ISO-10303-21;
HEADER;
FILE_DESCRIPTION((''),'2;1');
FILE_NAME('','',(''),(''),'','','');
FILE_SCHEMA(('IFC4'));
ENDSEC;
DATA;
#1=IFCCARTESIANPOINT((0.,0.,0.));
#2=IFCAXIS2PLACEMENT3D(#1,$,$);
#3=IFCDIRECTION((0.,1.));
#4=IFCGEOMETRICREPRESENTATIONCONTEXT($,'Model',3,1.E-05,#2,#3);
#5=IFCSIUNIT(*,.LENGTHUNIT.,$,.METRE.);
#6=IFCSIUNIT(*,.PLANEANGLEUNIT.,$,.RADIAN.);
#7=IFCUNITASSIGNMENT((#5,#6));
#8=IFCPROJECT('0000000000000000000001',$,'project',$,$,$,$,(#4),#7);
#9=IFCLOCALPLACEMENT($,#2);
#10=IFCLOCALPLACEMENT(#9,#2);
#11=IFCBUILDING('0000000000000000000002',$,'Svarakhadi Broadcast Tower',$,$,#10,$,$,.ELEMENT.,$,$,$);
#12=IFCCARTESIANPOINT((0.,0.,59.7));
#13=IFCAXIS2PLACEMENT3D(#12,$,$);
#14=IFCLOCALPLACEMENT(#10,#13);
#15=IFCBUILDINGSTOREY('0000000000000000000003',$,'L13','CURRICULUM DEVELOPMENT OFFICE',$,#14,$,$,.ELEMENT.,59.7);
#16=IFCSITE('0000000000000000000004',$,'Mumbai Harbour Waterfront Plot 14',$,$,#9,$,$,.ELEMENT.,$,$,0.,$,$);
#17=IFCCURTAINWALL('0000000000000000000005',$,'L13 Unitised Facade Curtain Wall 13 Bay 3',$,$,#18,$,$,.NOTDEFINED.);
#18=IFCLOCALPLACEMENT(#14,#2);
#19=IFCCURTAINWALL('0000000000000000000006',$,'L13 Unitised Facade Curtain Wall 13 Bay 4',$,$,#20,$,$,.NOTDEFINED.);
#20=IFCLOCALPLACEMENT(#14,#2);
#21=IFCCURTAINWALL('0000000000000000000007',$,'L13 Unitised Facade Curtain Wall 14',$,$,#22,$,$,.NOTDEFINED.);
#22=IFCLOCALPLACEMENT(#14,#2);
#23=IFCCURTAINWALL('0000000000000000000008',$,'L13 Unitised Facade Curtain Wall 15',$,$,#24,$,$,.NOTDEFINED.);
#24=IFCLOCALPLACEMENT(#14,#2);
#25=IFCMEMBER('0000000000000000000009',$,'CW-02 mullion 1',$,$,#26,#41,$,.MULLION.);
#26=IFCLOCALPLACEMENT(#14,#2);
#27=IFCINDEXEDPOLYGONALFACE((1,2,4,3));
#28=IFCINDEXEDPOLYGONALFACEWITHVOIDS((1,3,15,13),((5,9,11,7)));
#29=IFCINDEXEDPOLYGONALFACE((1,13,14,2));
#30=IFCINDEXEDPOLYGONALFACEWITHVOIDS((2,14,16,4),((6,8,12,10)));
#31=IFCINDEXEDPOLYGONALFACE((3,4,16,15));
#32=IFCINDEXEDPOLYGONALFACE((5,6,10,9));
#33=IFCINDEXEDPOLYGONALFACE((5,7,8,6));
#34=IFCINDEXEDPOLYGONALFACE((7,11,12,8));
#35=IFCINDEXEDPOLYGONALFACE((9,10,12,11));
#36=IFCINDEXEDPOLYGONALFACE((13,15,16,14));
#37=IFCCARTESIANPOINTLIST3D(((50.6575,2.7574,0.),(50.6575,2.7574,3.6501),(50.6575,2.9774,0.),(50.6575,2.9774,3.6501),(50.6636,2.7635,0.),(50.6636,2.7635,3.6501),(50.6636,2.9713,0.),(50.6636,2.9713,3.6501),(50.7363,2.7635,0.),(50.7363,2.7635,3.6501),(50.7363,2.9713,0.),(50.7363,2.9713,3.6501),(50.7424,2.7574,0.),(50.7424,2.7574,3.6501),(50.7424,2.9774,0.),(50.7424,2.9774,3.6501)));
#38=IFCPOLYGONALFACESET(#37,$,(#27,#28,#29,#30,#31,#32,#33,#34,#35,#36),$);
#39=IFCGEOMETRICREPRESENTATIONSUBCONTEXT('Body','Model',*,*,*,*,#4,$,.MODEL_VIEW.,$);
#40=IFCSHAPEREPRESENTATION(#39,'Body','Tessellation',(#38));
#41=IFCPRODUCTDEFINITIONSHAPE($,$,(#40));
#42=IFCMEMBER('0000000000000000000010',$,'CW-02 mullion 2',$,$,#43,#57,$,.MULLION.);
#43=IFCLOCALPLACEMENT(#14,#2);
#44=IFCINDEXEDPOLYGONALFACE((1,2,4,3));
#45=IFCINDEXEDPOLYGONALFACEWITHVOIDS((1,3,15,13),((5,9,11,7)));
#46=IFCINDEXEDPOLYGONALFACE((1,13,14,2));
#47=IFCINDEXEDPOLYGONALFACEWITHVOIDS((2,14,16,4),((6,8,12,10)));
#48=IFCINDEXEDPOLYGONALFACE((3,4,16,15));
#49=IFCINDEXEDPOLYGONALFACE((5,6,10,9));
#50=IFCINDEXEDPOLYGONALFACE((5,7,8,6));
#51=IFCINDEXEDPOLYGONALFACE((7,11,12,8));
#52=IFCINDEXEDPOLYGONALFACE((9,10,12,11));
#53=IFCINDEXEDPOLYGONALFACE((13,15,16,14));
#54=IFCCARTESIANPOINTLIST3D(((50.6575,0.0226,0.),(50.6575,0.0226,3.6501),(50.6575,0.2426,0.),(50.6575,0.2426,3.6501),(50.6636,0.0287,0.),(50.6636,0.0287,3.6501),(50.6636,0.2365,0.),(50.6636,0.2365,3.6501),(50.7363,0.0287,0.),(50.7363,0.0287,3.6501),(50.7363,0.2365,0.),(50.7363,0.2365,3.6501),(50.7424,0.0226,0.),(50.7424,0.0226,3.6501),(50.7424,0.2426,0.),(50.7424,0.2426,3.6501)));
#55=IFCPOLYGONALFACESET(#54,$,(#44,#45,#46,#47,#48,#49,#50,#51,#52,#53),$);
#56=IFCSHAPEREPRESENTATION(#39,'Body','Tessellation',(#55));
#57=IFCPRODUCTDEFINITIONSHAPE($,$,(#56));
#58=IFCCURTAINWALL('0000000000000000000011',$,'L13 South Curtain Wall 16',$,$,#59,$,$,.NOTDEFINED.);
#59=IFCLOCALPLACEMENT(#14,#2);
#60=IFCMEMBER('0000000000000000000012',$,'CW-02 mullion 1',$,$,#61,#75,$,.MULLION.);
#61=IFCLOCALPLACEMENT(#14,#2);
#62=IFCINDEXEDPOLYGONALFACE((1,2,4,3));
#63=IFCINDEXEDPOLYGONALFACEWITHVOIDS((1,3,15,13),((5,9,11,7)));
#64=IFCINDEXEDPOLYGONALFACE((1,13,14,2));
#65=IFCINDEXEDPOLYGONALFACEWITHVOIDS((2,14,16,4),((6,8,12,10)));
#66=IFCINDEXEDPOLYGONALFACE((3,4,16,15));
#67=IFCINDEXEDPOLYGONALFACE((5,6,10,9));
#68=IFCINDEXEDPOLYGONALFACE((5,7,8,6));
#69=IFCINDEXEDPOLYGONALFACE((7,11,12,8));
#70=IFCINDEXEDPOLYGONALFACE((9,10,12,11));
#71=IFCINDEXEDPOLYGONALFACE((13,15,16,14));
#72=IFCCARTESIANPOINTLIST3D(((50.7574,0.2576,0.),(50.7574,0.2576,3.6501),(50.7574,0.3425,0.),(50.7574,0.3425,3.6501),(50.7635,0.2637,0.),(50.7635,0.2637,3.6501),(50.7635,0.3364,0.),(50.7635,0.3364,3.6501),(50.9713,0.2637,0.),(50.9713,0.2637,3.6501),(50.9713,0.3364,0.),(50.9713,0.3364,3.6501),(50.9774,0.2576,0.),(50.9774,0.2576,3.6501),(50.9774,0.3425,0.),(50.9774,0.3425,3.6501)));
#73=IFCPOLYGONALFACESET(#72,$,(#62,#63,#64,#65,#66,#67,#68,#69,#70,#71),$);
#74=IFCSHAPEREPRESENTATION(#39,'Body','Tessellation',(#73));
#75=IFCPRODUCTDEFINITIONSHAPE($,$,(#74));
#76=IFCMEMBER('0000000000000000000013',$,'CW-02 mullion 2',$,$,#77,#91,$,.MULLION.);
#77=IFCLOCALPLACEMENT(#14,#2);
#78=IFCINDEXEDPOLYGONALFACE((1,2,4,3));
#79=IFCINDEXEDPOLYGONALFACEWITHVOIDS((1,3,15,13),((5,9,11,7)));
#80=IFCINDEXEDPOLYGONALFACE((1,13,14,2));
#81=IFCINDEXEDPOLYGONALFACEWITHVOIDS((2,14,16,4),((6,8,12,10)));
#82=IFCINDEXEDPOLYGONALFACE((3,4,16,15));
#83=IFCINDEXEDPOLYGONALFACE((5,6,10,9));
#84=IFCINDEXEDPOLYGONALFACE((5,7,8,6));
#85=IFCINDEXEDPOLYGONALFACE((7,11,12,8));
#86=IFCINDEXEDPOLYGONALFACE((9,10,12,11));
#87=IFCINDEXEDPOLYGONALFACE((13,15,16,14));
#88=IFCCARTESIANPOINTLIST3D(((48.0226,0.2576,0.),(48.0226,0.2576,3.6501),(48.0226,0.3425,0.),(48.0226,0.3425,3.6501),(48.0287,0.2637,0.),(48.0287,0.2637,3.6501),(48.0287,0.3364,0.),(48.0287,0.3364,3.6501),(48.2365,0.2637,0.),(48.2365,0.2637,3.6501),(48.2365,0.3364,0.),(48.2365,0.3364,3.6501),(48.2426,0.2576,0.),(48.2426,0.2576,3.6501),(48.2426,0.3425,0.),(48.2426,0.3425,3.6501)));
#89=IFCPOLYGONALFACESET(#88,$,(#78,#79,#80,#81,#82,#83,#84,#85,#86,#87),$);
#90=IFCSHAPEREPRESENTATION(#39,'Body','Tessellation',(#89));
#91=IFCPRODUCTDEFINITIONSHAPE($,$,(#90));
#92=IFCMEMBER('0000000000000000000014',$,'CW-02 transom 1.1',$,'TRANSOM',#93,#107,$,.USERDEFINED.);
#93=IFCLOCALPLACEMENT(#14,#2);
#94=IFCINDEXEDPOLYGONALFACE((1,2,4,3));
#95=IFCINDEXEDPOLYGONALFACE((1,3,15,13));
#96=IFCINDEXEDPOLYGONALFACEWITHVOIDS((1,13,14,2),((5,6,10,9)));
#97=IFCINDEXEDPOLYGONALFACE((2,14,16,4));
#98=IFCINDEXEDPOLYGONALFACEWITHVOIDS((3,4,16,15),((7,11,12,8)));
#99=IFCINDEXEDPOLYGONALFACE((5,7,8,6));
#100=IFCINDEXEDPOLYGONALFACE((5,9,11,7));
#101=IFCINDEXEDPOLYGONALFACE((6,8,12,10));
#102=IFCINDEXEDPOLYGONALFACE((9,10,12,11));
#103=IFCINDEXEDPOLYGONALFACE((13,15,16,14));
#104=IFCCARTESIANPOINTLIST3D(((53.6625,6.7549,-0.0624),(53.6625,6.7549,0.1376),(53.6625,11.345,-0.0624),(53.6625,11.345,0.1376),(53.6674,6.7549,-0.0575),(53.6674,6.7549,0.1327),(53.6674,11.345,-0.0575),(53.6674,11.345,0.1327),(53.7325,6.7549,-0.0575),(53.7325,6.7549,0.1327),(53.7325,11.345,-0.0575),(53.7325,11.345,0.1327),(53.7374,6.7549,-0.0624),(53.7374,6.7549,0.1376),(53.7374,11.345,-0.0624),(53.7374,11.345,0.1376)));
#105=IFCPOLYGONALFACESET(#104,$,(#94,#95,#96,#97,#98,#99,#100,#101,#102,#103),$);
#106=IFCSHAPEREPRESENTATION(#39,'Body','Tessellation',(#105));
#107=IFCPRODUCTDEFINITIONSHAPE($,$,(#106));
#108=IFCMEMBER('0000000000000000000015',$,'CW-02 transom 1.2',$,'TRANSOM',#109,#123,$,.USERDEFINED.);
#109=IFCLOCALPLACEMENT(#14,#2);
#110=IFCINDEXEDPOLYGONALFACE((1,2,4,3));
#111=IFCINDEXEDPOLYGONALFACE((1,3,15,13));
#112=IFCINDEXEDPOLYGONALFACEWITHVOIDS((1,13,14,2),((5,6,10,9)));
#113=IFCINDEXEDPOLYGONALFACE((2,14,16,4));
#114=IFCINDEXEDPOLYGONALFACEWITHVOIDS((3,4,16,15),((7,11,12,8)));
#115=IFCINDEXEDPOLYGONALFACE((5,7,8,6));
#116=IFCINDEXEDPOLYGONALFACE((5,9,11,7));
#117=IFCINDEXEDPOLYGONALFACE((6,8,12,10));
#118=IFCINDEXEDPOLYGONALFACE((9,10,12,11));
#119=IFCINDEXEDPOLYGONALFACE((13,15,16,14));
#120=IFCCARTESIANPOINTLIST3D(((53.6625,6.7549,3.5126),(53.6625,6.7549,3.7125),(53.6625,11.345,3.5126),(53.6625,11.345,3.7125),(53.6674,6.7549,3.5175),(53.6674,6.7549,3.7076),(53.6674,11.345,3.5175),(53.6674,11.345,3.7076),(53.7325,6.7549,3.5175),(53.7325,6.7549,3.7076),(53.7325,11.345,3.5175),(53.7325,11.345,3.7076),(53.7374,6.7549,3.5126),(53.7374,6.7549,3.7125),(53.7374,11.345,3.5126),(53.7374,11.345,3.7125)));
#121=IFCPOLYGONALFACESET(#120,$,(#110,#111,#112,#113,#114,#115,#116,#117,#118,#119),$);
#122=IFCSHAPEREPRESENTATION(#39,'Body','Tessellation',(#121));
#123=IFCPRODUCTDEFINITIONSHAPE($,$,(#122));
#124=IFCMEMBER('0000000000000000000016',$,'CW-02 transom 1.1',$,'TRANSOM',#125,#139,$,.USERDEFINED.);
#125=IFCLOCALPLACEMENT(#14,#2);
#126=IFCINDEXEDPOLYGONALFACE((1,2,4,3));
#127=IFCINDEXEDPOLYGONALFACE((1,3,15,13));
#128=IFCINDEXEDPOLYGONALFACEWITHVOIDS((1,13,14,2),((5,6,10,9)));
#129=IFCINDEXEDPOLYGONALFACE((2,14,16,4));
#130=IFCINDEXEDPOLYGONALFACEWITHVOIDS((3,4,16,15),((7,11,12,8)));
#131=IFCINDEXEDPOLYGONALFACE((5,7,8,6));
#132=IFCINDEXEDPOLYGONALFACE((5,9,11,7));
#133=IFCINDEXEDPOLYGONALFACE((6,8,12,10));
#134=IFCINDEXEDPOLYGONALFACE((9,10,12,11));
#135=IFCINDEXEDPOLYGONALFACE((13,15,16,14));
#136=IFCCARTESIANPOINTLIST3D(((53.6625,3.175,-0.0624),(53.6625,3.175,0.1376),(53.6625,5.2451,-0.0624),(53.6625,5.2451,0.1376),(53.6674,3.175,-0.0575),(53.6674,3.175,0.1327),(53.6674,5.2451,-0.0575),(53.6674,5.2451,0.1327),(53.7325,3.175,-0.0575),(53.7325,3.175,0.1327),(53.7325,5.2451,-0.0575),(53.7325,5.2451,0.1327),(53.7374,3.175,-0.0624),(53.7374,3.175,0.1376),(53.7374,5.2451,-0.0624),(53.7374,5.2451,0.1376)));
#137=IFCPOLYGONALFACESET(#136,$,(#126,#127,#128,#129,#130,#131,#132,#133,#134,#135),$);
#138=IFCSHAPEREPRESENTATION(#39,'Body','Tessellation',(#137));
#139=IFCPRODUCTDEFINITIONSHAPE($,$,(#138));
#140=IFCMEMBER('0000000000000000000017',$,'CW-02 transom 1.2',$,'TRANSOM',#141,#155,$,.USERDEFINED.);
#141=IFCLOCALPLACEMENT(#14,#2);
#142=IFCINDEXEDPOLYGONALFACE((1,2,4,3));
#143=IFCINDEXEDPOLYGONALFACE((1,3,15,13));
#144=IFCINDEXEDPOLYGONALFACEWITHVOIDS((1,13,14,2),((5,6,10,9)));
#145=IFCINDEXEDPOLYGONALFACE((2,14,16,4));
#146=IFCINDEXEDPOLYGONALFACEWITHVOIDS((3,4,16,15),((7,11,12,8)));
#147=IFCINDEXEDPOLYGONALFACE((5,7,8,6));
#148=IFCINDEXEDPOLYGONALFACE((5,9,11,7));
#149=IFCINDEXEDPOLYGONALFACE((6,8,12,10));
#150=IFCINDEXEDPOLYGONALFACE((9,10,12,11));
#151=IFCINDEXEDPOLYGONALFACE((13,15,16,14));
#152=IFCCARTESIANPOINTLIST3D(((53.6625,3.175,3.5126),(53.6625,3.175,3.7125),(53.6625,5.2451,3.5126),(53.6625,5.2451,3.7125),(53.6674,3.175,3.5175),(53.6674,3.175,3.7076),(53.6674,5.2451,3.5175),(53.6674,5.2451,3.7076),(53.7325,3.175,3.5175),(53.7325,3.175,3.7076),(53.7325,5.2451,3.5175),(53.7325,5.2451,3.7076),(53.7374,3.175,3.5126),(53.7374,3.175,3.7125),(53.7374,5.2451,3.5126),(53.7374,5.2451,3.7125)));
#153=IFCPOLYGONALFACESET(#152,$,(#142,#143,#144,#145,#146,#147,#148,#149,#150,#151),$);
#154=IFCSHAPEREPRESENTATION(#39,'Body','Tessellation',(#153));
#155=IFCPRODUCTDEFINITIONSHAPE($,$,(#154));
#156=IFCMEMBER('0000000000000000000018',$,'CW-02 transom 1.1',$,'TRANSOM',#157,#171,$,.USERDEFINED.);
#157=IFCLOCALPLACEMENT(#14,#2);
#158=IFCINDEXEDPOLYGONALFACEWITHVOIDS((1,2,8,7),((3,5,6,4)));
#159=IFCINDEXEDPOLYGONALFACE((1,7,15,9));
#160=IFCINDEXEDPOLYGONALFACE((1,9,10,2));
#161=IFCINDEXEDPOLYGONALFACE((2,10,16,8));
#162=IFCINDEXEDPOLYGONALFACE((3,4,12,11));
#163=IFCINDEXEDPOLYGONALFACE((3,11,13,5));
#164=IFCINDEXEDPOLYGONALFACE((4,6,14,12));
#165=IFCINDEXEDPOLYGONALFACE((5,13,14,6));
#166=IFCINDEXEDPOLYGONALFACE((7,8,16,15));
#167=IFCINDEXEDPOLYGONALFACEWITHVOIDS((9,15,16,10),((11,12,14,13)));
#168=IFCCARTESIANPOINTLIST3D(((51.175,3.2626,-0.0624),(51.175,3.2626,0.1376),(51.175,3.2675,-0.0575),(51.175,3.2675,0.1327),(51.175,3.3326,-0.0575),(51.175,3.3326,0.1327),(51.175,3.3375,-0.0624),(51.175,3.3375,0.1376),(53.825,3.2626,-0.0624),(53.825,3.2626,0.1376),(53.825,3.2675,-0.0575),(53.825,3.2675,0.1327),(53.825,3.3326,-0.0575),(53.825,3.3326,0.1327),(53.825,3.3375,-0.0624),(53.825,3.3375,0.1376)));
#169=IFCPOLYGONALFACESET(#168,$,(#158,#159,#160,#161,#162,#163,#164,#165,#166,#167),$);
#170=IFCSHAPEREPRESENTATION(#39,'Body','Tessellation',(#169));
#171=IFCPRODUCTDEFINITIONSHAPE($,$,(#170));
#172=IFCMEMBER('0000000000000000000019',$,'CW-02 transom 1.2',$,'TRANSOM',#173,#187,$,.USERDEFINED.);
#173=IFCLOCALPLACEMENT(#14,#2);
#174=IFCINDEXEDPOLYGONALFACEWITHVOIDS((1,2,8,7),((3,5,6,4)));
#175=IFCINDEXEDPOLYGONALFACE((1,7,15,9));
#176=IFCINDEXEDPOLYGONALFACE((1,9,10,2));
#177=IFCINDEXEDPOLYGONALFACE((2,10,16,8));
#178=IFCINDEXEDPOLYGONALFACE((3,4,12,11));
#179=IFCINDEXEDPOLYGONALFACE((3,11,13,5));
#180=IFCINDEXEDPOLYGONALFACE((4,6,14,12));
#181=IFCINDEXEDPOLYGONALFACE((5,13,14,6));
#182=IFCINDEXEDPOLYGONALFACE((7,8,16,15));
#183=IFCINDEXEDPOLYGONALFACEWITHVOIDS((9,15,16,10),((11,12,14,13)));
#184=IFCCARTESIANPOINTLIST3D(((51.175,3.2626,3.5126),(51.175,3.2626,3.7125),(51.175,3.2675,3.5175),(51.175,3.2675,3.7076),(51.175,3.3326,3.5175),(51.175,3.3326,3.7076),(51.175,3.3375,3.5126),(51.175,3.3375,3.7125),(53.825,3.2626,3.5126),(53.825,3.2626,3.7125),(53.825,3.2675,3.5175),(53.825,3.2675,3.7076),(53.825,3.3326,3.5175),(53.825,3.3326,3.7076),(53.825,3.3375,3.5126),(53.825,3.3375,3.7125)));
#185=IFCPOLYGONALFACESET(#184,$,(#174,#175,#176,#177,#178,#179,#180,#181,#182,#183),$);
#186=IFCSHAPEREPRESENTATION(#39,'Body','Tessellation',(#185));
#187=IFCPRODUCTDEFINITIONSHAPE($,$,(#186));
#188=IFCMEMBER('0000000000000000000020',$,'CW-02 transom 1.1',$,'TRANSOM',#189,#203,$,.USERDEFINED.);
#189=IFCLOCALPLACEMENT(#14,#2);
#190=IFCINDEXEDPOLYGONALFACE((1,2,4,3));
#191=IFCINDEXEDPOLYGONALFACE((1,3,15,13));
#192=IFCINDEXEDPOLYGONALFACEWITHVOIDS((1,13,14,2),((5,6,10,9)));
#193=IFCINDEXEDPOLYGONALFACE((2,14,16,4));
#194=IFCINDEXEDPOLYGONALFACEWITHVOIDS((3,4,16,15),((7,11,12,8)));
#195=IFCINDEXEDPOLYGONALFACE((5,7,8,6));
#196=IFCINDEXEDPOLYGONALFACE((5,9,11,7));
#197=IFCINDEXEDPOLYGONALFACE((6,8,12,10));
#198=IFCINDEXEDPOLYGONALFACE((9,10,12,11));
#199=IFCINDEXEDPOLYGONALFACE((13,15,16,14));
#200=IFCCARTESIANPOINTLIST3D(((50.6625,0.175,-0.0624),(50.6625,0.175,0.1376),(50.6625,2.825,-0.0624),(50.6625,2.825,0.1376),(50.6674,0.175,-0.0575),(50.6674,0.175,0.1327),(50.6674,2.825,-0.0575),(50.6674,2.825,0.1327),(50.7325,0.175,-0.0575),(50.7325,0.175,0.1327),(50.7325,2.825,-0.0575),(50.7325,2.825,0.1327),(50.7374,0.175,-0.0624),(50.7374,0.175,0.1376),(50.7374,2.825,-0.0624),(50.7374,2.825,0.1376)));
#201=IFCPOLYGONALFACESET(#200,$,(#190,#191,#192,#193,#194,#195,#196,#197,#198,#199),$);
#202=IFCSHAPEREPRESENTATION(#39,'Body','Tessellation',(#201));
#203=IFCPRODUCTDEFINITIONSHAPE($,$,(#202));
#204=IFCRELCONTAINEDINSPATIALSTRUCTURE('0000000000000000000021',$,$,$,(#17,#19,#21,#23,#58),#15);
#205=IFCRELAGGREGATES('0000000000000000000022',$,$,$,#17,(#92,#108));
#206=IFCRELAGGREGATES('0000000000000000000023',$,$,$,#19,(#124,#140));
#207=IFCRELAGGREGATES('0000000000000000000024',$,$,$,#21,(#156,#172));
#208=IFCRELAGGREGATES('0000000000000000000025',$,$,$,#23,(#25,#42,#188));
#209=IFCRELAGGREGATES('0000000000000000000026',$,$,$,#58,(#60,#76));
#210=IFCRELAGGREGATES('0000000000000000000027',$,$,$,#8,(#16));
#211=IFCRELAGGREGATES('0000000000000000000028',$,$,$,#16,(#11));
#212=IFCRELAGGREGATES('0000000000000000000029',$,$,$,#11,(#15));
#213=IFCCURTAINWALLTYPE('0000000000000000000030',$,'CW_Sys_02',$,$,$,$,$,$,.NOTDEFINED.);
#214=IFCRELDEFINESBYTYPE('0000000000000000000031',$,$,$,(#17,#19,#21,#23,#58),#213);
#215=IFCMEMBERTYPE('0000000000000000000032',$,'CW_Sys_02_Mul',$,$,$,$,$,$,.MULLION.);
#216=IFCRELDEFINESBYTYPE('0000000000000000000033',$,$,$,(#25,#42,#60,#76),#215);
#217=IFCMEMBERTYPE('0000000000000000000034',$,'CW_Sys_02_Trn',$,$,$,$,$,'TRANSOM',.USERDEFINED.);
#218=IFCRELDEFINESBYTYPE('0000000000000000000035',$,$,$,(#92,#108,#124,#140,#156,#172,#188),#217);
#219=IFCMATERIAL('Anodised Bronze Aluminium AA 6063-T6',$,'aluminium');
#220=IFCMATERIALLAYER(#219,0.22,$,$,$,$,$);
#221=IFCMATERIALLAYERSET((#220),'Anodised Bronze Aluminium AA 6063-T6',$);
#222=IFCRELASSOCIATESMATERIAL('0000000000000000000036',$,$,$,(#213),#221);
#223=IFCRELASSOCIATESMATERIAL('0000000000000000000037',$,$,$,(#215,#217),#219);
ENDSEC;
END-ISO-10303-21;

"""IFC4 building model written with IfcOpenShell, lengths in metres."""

from ifc_helpers import new_model, si_unit, direction, frame, origin, origin_2d, place, context, subcontext, project, spatial, hollow_rectangle, extrude, material, layer, layer_set, material_profile, profile_set, type_object, element, aggregate, save


model = new_model("IFC4")

# Units and contexts
model_context = context("Model", 3, precision=1e-05, world=origin(), true_north=direction((0.0, 1.0)))
body_context = subcontext(model_context, "Body", "Model", "MODEL_VIEW")
ifc_project = project(units=[si_unit("LENGTHUNIT", "METRE"), si_unit("PLANEANGLEUNIT", "RADIAN")], contexts=[model_context])

# Site, building, storey
site_placement = place(None, origin())
site = spatial("IfcSite", under=ifc_project, at=site_placement, Name="Mumbai Harbour Waterfront Plot 14", CompositionType="ELEMENT", RefElevation=0.0)
building_placement = place(site_placement, origin())
building = spatial("IfcBuilding", under=site, at=building_placement, Name="Svarakhadi Broadcast Tower", CompositionType="ELEMENT")
storey_placement = place(building_placement, frame((0.0, 0.0, 59.7)))
storey = spatial("IfcBuildingStorey", under=building, at=storey_placement, Name="L13", Description="CURRICULUM DEVELOPMENT OFFICE", CompositionType="ELEMENT", Elevation=59.7)

# Curtain walls, members
ifc_material_1 = material(Name="Anodised Bronze Aluminium AA 6063-T6", Category="aluminium")
ifc_layer_1 = layer(ifc_material_1, 0.22)
ifc_layer_set_1 = layer_set([ifc_layer_1], Name="Anodised Bronze Aluminium AA 6063-T6")
curtain_wall_type = type_object("IfcCurtainWallType", Name="CW_Sys_02", PredefinedType="NOTDEFINED", material=ifc_layer_set_1)
curtain_wall_1_placement = place(storey_placement, origin())
curtain_wall_1 = element("IfcCurtainWall", 1, at=curtain_wall_1_placement, inside=storey, type_object=curtain_wall_type, Name="L13 Unitised Facade Curtain Wall 13 Bay 3", PredefinedType="NOTDEFINED")
ifc_material_profile_1 = material_profile(ifc_material_1, hollow_rectangle(XDim=0.085, YDim=0.22, WallThickness=0.0061, at=origin_2d()), Name="ALU MULLION 220x85x6")
ifc_profile_set_1 = profile_set([ifc_material_profile_1], Name="Anodised Bronze Aluminium AA 6063-T6")
member_type_1 = type_object("IfcMemberType", Name="CW_Sys_02_Mul", PredefinedType="MULLION", material=ifc_profile_set_1)
curtain_wall_2_placement = place(storey_placement, origin())
curtain_wall_2 = element("IfcCurtainWall", 2, at=curtain_wall_2_placement, inside=storey, type_object=curtain_wall_type, Name="L13 Unitised Facade Curtain Wall 13 Bay 4", PredefinedType="NOTDEFINED")
curtain_wall_3_placement = place(storey_placement, origin())
curtain_wall_3 = element("IfcCurtainWall", 3, at=curtain_wall_3_placement, inside=storey, type_object=curtain_wall_type, Name="L13 Unitised Facade Curtain Wall 14", PredefinedType="NOTDEFINED")
curtain_wall_4_placement = place(storey_placement, origin())
curtain_wall_4 = element("IfcCurtainWall", 4, at=curtain_wall_4_placement, inside=storey, type_object=curtain_wall_type, Name="L13 Unitised Facade Curtain Wall 15", PredefinedType="NOTDEFINED")
member_1_placement = place(storey_placement, frame((50.7, 2.8674, 0.0), z_axis=(0.0, 0.0, 1.0), x_axis=(1.0, 0.0, 0.0)))
member_1 = element("IfcMember", 5, at=member_1_placement, type_object=member_type_1, Name="CW-02 mullion 1", PredefinedType="MULLION", context=body_context, shape_type="SweptSolid", body=[
    extrude(hollow_rectangle(XDim=0.085, YDim=0.22, WallThickness=0.0061, at=origin_2d()), origin(), (0.0, 0.0, 1.0), 3.6501),
])
member_2_placement = place(storey_placement, frame((50.7, 0.1326, 0.0), z_axis=(0.0, 0.0, 1.0), x_axis=(1.0, 0.0, 0.0)))
member_2 = element("IfcMember", 6, at=member_2_placement, type_object=member_type_1, Name="CW-02 mullion 2", PredefinedType="MULLION", context=body_context, shape_type="SweptSolid", body=[
    extrude(hollow_rectangle(XDim=0.085, YDim=0.22, WallThickness=0.0061, at=origin_2d()), origin(), (0.0, 0.0, 1.0), 3.6501),
])
curtain_wall_5_placement = place(storey_placement, origin())
curtain_wall_5 = element("IfcCurtainWall", 7, at=curtain_wall_5_placement, inside=storey, type_object=curtain_wall_type, Name="L13 South Curtain Wall 16", PredefinedType="NOTDEFINED")
member_3_placement = place(storey_placement, frame((50.8674, 0.3, 0.0), z_axis=(0.0, 0.0, 1.0), x_axis=(0.0, -1.0, 0.0)))
member_3 = element("IfcMember", 8, at=member_3_placement, type_object=member_type_1, Name="CW-02 mullion 1", PredefinedType="MULLION", context=body_context, shape_type="SweptSolid", body=[
    extrude(hollow_rectangle(XDim=0.085, YDim=0.22, WallThickness=0.0061, at=origin_2d()), origin(), (0.0, 0.0, 1.0), 3.6501),
])
member_4_placement = place(storey_placement, frame((48.1326, 0.3, 0.0), z_axis=(0.0, 0.0, 1.0), x_axis=(0.0, -1.0, 0.0)))
member_4 = element("IfcMember", 9, at=member_4_placement, type_object=member_type_1, Name="CW-02 mullion 2", PredefinedType="MULLION", context=body_context, shape_type="SweptSolid", body=[
    extrude(hollow_rectangle(XDim=0.085, YDim=0.22, WallThickness=0.0061, at=origin_2d()), origin(), (0.0, 0.0, 1.0), 3.6501),
])

# Members
ifc_material_profile_2 = material_profile(ifc_material_1, hollow_rectangle(XDim=0.075, YDim=0.2, WallThickness=0.0049, at=origin_2d()), Name="ALU TRANSOM 200x75x5")
ifc_profile_set_2 = profile_set([ifc_material_profile_2], Name="Anodised Bronze Aluminium AA 6063-T6")
member_type_2 = type_object("IfcMemberType", Name="CW_Sys_02_Trn", ElementType="TRANSOM", PredefinedType="USERDEFINED", material=ifc_profile_set_2)
member_5_placement = place(storey_placement, frame((53.7, 11.345, 0.0376), z_axis=(0.0, -1.0, 0.0), x_axis=(1.0, 0.0, 0.0)))
member_5 = element("IfcMember", 10, at=member_5_placement, type_object=member_type_2, Name="CW-02 transom 1.1", ObjectType="TRANSOM", PredefinedType="USERDEFINED", context=body_context, shape_type="SweptSolid", body=[
    extrude(hollow_rectangle(XDim=0.075, YDim=0.2, WallThickness=0.0049, at=origin_2d()), origin(), (0.0, 0.0, 1.0), 4.5901),
])
member_6_placement = place(storey_placement, frame((53.7, 11.345, 3.6125), z_axis=(0.0, -1.0, 0.0), x_axis=(1.0, 0.0, 0.0)))
member_6 = element("IfcMember", 11, at=member_6_placement, type_object=member_type_2, Name="CW-02 transom 1.2", ObjectType="TRANSOM", PredefinedType="USERDEFINED", context=body_context, shape_type="SweptSolid", body=[
    extrude(hollow_rectangle(XDim=0.075, YDim=0.2, WallThickness=0.0049, at=origin_2d()), origin(), (0.0, 0.0, 1.0), 4.5901),
])
member_7_placement = place(storey_placement, frame((53.7, 5.2451, 0.0376), z_axis=(0.0, -1.0, 0.0), x_axis=(1.0, 0.0, 0.0)))
member_7 = element("IfcMember", 12, at=member_7_placement, type_object=member_type_2, Name="CW-02 transom 1.1", ObjectType="TRANSOM", PredefinedType="USERDEFINED", context=body_context, shape_type="SweptSolid", body=[
    extrude(hollow_rectangle(XDim=0.075, YDim=0.2, WallThickness=0.0049, at=origin_2d()), origin(), (0.0, 0.0, 1.0), 2.0701),
])
member_8_placement = place(storey_placement, frame((53.7, 5.2451, 3.6125), z_axis=(0.0, -1.0, 0.0), x_axis=(1.0, 0.0, 0.0)))
member_8 = element("IfcMember", 13, at=member_8_placement, type_object=member_type_2, Name="CW-02 transom 1.2", ObjectType="TRANSOM", PredefinedType="USERDEFINED", context=body_context, shape_type="SweptSolid", body=[
    extrude(hollow_rectangle(XDim=0.075, YDim=0.2, WallThickness=0.0049, at=origin_2d()), origin(), (0.0, 0.0, 1.0), 2.0701),
])
member_9_placement = place(storey_placement, frame((53.825, 3.3, 0.0376), z_axis=(-1.0, 0.0, 0.0), x_axis=(0.0, -1.0, 0.0)))
member_9 = element("IfcMember", 14, at=member_9_placement, type_object=member_type_2, Name="CW-02 transom 1.1", ObjectType="TRANSOM", PredefinedType="USERDEFINED", context=body_context, shape_type="SweptSolid", body=[
    extrude(hollow_rectangle(XDim=0.075, YDim=0.2, WallThickness=0.0049, at=origin_2d()), origin(), (0.0, 0.0, 1.0), 2.6499),
])
member_10_placement = place(storey_placement, frame((53.825, 3.3, 3.6125), z_axis=(-1.0, 0.0, 0.0), x_axis=(0.0, -1.0, 0.0)))
member_10 = element("IfcMember", 15, at=member_10_placement, type_object=member_type_2, Name="CW-02 transom 1.2", ObjectType="TRANSOM", PredefinedType="USERDEFINED", context=body_context, shape_type="SweptSolid", body=[
    extrude(hollow_rectangle(XDim=0.075, YDim=0.2, WallThickness=0.0049, at=origin_2d()), origin(), (0.0, 0.0, 1.0), 2.6499),
])
member_11_placement = place(storey_placement, frame((50.7, 2.825, 0.0376), z_axis=(0.0, -1.0, 0.0), x_axis=(1.0, 0.0, 0.0)))
member_11 = element("IfcMember", 16, at=member_11_placement, type_object=member_type_2, Name="CW-02 transom 1.1", ObjectType="TRANSOM", PredefinedType="USERDEFINED", context=body_context, shape_type="SweptSolid", body=[
    extrude(hollow_rectangle(XDim=0.075, YDim=0.2, WallThickness=0.0049, at=origin_2d()), origin(), (0.0, 0.0, 1.0), 2.6499),
])

aggregate(curtain_wall_1, [member_5, member_6])
aggregate(curtain_wall_2, [member_7, member_8])
aggregate(curtain_wall_3, [member_9, member_10])
aggregate(curtain_wall_4, [member_1, member_2, member_11])
aggregate(curtain_wall_5, [member_3, member_4])

save(model, "model.ifc")
